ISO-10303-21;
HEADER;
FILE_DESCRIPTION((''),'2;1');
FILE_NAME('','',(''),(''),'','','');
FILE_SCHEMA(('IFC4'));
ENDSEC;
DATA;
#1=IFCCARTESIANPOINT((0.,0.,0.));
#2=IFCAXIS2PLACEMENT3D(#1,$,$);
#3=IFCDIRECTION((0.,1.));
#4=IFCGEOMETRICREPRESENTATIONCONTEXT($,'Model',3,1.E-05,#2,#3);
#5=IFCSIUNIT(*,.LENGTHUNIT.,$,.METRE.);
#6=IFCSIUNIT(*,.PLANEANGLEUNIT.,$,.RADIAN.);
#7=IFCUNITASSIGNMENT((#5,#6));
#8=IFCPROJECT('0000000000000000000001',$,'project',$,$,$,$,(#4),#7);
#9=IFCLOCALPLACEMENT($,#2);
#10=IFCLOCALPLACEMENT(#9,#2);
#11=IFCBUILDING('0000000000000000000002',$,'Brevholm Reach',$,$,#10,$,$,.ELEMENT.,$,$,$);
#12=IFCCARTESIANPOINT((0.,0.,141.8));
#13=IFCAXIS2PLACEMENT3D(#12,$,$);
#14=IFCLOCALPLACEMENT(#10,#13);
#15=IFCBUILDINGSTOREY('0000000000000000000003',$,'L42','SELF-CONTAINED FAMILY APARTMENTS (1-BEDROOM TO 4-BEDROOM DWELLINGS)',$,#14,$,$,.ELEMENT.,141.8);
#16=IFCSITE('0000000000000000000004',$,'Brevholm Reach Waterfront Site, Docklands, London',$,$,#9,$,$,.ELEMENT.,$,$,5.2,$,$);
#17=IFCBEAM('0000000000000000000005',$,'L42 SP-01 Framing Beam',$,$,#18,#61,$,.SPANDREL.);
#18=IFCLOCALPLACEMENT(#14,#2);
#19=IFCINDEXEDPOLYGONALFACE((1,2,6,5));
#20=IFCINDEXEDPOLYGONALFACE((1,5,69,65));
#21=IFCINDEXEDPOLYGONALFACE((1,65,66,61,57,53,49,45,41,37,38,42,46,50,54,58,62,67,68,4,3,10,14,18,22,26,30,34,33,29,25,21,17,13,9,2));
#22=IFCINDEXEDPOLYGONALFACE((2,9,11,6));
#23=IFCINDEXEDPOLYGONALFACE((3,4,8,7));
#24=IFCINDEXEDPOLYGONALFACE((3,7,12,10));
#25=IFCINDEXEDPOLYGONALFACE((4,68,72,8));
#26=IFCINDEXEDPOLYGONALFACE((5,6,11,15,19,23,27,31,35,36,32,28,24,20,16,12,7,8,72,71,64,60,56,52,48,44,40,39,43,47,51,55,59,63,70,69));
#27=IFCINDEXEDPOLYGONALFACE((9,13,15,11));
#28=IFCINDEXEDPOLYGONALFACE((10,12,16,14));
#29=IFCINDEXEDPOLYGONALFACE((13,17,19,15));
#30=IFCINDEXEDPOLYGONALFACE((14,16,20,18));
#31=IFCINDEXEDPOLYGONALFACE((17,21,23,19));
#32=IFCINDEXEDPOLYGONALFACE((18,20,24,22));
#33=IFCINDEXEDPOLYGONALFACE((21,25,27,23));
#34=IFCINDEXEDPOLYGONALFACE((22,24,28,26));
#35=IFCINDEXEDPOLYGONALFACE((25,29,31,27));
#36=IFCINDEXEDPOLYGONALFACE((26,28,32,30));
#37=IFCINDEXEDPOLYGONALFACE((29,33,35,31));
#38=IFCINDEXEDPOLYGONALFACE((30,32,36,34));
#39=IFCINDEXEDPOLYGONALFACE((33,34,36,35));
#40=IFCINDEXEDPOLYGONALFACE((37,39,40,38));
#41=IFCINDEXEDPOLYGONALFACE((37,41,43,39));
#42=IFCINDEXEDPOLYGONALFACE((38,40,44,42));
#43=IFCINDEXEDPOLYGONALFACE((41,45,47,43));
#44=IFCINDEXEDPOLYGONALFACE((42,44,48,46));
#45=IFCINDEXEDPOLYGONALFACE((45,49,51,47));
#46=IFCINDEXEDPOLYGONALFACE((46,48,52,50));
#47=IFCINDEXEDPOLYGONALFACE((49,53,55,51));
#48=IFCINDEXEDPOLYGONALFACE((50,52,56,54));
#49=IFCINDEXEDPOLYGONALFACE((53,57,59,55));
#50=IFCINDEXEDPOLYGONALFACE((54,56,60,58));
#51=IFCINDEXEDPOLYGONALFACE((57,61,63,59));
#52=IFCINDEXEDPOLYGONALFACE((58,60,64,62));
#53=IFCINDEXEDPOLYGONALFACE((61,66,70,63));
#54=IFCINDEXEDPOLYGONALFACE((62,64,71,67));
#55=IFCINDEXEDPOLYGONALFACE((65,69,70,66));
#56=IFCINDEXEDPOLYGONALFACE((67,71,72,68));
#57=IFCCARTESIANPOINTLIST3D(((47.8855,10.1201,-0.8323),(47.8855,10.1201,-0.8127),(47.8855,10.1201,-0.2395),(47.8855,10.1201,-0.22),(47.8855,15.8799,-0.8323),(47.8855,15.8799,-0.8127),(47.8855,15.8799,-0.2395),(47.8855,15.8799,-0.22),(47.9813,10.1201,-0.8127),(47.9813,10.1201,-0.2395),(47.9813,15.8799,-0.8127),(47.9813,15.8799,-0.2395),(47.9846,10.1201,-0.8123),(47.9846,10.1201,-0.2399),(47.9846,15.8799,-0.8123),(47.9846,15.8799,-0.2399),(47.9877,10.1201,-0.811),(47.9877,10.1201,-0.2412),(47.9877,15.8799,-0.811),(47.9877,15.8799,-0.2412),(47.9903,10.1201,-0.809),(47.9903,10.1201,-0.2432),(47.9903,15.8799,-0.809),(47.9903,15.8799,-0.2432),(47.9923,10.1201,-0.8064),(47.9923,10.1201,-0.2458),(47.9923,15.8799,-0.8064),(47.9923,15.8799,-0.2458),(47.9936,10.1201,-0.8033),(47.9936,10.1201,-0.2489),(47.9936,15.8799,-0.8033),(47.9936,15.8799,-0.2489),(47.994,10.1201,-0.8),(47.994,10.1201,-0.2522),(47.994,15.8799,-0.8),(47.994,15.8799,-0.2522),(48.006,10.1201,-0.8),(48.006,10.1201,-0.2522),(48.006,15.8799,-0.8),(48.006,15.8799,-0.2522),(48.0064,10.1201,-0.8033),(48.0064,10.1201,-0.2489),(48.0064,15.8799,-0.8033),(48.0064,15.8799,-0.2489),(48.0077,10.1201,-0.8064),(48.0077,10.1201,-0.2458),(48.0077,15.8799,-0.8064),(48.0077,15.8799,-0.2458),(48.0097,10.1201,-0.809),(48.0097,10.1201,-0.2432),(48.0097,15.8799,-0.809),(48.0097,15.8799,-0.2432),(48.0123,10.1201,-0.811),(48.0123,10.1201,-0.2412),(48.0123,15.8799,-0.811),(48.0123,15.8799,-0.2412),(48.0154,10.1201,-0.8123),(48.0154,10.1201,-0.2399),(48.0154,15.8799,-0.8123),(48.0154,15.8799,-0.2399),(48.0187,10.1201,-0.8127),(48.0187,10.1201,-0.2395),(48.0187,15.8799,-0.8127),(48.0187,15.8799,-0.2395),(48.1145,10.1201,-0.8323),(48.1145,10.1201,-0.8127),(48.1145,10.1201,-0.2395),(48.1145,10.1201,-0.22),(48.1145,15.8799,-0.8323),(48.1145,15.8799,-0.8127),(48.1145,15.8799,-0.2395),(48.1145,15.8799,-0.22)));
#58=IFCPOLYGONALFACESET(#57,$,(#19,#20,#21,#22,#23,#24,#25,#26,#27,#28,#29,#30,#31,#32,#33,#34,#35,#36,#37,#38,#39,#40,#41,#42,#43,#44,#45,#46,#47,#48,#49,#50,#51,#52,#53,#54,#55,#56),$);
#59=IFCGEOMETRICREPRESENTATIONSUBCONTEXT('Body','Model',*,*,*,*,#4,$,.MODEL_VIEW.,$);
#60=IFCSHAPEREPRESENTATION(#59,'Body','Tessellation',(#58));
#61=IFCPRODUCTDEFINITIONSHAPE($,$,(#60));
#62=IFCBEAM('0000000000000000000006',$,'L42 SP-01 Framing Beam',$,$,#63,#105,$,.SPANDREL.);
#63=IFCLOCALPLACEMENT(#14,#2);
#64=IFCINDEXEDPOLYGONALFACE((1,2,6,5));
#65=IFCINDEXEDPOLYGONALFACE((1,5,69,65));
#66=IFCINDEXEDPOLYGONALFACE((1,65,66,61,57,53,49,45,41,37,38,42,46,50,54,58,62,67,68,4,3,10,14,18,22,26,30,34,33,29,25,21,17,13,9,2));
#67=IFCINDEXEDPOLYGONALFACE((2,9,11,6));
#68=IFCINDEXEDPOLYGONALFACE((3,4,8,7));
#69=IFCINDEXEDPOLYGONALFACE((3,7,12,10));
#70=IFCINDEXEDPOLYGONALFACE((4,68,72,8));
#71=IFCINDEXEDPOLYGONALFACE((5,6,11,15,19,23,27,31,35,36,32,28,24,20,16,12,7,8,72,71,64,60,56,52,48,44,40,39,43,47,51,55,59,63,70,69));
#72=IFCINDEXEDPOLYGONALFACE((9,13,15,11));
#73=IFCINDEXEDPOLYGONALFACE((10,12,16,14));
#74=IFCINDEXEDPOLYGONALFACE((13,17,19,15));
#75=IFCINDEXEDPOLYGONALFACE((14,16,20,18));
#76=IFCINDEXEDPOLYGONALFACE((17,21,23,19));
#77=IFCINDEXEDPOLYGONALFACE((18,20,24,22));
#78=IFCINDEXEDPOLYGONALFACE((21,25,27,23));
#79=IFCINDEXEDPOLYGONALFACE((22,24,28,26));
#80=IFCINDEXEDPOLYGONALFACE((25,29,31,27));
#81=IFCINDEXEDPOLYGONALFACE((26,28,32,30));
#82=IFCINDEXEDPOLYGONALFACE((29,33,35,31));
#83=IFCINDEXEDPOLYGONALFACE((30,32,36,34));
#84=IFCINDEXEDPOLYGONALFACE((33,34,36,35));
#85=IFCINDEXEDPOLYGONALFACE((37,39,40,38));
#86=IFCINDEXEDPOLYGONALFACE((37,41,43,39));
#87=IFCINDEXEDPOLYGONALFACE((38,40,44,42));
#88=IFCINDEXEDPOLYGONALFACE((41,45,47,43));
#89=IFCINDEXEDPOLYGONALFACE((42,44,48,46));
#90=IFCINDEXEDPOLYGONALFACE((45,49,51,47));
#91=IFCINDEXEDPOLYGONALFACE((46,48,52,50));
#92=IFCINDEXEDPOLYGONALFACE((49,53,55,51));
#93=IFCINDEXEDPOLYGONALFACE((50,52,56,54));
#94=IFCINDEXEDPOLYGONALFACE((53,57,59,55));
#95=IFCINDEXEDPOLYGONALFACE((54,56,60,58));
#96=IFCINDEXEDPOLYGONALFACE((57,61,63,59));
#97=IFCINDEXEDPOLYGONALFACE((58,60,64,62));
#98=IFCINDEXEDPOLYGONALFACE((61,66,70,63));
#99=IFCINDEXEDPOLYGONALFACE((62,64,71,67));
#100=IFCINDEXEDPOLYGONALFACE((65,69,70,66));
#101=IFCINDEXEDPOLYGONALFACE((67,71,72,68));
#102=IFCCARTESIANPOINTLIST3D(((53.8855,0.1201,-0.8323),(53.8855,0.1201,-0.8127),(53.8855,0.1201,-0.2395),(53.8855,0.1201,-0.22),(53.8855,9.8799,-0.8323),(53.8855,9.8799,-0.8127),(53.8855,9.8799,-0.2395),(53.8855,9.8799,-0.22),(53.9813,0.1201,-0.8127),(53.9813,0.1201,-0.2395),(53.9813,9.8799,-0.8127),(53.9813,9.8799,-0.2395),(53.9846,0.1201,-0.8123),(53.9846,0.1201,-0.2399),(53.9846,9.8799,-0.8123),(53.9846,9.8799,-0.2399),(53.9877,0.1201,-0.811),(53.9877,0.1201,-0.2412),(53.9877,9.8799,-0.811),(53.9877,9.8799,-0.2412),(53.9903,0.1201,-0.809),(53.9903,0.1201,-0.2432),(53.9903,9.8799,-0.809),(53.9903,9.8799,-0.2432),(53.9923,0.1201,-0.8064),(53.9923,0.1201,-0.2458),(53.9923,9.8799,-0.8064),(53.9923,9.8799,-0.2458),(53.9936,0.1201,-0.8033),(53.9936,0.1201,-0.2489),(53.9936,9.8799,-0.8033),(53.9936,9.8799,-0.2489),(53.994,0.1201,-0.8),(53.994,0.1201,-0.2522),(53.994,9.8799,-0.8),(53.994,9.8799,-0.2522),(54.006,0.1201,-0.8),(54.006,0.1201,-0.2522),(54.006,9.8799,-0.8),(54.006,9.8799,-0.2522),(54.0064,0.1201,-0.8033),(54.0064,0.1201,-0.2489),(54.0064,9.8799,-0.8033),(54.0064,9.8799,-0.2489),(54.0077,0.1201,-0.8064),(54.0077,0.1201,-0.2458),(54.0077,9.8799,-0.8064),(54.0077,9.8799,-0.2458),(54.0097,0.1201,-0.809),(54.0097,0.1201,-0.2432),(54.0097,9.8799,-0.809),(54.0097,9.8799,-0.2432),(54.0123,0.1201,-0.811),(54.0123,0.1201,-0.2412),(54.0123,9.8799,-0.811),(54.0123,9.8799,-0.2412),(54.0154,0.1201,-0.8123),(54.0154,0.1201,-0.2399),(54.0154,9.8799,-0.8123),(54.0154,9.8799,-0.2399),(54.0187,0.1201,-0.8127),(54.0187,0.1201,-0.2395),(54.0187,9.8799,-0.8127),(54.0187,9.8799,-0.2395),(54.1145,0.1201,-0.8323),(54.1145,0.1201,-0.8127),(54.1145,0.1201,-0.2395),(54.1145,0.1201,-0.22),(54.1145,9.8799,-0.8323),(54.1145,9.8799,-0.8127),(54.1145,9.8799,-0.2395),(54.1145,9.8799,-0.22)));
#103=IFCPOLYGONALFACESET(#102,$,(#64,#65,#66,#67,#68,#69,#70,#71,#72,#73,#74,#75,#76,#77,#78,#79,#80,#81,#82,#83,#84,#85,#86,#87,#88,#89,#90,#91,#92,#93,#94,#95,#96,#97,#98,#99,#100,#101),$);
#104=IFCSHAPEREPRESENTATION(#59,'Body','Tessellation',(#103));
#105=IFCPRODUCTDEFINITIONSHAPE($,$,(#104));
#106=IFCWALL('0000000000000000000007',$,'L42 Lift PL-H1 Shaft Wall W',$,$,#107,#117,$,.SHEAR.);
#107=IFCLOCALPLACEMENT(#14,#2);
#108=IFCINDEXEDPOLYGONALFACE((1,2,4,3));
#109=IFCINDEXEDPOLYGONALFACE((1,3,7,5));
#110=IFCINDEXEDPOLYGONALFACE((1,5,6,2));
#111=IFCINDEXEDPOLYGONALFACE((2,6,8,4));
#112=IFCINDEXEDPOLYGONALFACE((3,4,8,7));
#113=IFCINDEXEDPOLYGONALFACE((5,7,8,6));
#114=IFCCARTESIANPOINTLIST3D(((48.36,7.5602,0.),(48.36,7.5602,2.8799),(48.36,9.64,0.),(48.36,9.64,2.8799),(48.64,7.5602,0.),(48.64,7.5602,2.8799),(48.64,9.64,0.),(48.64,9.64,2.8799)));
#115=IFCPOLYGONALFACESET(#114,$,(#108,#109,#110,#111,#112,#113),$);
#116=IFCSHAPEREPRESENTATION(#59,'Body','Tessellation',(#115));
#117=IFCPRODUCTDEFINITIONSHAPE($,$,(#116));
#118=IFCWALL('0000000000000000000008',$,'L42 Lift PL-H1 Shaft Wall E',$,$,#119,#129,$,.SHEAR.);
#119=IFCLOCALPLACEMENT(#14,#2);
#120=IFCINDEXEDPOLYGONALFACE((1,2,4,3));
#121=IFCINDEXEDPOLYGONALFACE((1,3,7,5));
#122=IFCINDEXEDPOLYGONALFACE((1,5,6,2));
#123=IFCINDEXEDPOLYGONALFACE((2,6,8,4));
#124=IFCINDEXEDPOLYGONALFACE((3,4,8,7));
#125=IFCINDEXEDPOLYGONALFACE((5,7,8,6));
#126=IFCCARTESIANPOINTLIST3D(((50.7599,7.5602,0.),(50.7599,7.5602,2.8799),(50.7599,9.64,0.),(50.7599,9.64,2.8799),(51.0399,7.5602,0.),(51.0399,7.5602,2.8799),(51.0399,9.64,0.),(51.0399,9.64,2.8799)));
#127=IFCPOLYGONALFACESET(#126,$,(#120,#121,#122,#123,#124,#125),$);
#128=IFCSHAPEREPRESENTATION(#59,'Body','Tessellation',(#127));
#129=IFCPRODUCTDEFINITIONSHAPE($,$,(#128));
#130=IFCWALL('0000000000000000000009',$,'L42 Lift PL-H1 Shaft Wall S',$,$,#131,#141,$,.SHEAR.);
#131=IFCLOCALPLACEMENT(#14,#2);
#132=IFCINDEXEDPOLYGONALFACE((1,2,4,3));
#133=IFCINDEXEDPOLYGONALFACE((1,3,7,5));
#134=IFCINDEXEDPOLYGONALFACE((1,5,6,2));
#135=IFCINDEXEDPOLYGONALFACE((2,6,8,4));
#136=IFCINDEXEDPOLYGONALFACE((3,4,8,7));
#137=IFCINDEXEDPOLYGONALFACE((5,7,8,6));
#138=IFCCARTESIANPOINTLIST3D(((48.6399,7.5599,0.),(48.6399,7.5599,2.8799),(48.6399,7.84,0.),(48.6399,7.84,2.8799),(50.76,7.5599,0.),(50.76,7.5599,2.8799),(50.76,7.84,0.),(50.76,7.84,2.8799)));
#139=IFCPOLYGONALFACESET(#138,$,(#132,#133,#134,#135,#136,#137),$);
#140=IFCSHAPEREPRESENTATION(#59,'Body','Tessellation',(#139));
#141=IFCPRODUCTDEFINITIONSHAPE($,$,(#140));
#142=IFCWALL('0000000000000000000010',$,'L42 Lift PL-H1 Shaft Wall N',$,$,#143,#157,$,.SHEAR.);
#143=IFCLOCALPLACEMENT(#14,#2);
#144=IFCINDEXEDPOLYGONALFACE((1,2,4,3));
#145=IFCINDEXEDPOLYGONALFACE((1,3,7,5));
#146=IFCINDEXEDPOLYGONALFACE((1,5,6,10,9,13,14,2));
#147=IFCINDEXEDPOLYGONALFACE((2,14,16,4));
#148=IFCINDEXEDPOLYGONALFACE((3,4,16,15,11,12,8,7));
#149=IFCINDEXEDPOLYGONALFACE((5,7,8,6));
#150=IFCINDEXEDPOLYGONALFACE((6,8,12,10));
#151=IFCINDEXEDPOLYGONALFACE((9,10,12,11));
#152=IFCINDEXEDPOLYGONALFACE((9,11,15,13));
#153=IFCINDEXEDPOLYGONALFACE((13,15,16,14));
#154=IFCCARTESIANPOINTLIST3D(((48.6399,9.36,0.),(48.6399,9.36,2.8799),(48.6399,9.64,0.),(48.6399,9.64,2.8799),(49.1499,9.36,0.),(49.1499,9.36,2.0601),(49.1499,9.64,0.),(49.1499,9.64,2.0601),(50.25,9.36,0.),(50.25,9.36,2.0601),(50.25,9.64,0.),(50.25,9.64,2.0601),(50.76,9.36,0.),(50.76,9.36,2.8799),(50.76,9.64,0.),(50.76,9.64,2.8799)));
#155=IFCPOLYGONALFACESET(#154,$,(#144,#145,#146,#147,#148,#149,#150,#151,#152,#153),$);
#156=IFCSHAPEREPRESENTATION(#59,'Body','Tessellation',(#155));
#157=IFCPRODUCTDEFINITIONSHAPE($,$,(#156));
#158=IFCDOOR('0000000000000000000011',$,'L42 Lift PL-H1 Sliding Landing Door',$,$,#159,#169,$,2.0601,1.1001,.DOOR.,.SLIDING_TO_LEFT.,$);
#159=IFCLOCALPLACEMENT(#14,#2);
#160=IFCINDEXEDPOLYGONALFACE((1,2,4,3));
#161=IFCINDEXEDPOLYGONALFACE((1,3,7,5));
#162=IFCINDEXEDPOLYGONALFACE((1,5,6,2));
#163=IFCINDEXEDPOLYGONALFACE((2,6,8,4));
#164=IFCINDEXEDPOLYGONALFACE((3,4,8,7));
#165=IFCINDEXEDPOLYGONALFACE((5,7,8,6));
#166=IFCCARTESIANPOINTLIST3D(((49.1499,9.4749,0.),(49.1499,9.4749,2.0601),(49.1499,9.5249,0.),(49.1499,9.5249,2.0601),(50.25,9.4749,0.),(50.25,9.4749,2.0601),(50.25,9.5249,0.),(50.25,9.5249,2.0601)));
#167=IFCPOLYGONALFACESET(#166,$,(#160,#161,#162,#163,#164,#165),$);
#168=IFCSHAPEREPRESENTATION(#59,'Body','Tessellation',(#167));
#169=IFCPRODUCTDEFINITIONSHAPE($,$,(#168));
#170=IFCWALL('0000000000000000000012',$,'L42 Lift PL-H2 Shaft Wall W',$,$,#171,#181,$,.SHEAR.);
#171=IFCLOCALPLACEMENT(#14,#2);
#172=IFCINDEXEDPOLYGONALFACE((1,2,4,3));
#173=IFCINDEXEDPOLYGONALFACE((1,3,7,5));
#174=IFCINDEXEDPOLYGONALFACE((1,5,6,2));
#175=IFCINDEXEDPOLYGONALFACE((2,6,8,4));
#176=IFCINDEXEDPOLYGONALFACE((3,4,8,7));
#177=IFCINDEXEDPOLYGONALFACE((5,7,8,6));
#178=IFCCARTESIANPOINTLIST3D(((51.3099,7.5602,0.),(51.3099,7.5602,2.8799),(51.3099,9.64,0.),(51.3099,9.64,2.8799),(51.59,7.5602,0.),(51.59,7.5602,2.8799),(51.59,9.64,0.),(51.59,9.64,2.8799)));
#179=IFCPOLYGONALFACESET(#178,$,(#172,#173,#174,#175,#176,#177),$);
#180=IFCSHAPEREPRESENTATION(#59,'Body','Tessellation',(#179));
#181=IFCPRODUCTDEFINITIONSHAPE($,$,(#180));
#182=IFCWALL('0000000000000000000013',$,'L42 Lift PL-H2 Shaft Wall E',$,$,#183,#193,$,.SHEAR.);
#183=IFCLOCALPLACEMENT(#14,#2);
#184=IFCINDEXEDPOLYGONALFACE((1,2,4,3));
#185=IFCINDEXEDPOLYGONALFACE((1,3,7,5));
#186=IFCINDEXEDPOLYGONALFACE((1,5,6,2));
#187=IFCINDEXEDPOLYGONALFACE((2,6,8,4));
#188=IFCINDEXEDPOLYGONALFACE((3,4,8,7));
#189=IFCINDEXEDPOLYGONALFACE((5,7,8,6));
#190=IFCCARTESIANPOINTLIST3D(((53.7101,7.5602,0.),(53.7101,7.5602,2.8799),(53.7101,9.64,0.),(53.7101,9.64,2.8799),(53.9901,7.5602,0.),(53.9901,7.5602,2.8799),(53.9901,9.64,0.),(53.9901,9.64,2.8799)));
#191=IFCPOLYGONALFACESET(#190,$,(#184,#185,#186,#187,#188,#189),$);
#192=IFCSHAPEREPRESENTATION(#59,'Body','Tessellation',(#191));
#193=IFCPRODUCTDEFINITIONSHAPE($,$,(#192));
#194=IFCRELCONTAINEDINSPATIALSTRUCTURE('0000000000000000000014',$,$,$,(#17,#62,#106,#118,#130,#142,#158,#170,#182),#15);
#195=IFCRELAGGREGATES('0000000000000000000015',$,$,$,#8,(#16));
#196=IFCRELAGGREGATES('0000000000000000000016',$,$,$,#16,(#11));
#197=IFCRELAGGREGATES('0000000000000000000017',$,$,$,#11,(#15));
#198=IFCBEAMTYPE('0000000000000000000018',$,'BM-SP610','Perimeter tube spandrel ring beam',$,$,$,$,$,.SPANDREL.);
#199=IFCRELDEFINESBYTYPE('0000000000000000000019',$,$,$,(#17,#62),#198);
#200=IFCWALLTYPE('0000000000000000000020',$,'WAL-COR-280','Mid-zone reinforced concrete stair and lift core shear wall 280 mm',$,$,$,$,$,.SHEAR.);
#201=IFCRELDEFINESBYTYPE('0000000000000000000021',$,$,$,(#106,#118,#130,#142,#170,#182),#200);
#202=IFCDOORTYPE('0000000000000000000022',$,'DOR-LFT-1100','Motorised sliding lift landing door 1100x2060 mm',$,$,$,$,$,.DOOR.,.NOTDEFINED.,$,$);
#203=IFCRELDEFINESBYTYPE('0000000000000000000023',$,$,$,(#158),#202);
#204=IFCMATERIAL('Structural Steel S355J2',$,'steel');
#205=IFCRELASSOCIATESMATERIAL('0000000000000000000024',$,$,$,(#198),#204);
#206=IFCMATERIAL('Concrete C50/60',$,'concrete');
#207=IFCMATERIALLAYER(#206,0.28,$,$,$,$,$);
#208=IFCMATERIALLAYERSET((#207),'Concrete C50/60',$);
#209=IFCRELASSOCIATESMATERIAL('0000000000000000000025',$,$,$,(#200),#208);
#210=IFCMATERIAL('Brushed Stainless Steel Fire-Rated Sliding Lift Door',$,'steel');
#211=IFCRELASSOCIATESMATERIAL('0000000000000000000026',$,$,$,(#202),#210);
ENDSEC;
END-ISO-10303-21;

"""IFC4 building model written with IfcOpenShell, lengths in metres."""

from ifc_helpers import new_model, si_unit, direction, frame, frame_2d, origin, origin_2d, place, context, subcontext, project, spatial, rectangle, i_section, extrude, material, layer, layer_set, material_profile, profile_set, type_object, element, fill, save


model = new_model("IFC4")

# Units and contexts
model_context = context("Model", 3, precision=1e-05, world=origin(), true_north=direction((0.0, 1.0)))
body_context = subcontext(model_context, "Body", "Model", "MODEL_VIEW")
ifc_project = project(units=[si_unit("LENGTHUNIT", "METRE"), si_unit("PLANEANGLEUNIT", "RADIAN")], contexts=[model_context])

# Site, building, storey
site_placement = place(None, origin())
site = spatial("IfcSite", under=ifc_project, at=site_placement, Name="Brevholm Reach Waterfront Site, Docklands, London", CompositionType="ELEMENT", RefElevation=5.2)
building_placement = place(site_placement, origin())
building = spatial("IfcBuilding", under=site, at=building_placement, Name="Brevholm Reach", CompositionType="ELEMENT")
storey_placement = place(building_placement, frame((0.0, 0.0, 141.8)))
storey = spatial("IfcBuildingStorey", under=building, at=storey_placement, Name="L42", Description="SELF-CONTAINED FAMILY APARTMENTS (1-BEDROOM TO 4-BEDROOM DWELLINGS)", CompositionType="ELEMENT", Elevation=141.8)

# Beams
ifc_material_1 = material(Name="Structural Steel S355J2", Category="steel")
ifc_material_profile_1 = material_profile(ifc_material_1, i_section(OverallWidth=0.229, OverallDepth=0.6123, WebThickness=0.012, FlangeThickness=0.0195, FilletRadius=0.0127, at=origin_2d()), Name="UKB 610x229x125")
ifc_profile_set_1 = profile_set([ifc_material_profile_1], Name="Structural Steel S355J2")
beam_type_1 = type_object("IfcBeamType", Name="BM-SP610", Description="Perimeter tube spandrel ring beam", PredefinedType="SPANDREL", material=ifc_profile_set_1)
beam_1_placement = place(storey_placement, frame((48.0, 10.1201, -0.5261), z_axis=(0.0, 1.0, 0.0), x_axis=(-1.0, 0.0, 0.0)))
element("IfcBeam", 1, at=beam_1_placement, inside=storey, type_object=beam_type_1, Name="L42 SP-01 Framing Beam", PredefinedType="SPANDREL", context=body_context, shape_type="SweptSolid", body=[
    extrude(i_section(OverallWidth=0.229, OverallDepth=0.6123, WebThickness=0.012, FlangeThickness=0.0195, FilletRadius=0.0127, at=origin_2d()), origin(), (0.0, 0.0, 1.0), 5.7598),
])
beam_2_placement = place(storey_placement, frame((54.0, 0.1201, -0.5261), z_axis=(0.0, 1.0, 0.0), x_axis=(-1.0, 0.0, 0.0)))
element("IfcBeam", 2, at=beam_2_placement, inside=storey, type_object=beam_type_1, Name="L42 SP-01 Framing Beam", PredefinedType="SPANDREL", context=body_context, shape_type="SweptSolid", body=[
    extrude(i_section(OverallWidth=0.229, OverallDepth=0.6123, WebThickness=0.012, FlangeThickness=0.0195, FilletRadius=0.0127, at=origin_2d()), origin(), (0.0, 0.0, 1.0), 9.7598),
])

# Walls
ifc_material_2 = material(Name="Concrete C50/60", Category="concrete")
ifc_layer_1 = layer(ifc_material_2, 0.28)
ifc_layer_set_1 = layer_set([ifc_layer_1], Name="Concrete C50/60")
wall_type_1 = type_object("IfcWallType", Name="WAL-COR-280", Description="Mid-zone reinforced concrete stair and lift core shear wall 280 mm", PredefinedType="SHEAR", material=ifc_layer_set_1)
for number, where, z_axis, x_axis, name in (
    (3, (48.5, 7.5601, 0.0), (0.0, 0.0, 1.0), (0.0, 1.0, 0.0), "L42 Lift PL-H1 Shaft Wall W"),
    (4, (50.8999, 7.5601, 0.0), (0.0, 0.0, 1.0), (0.0, 1.0, 0.0), "L42 Lift PL-H1 Shaft Wall E"),
):
    element("IfcWall", number, at=place(storey_placement, frame(where, z_axis=z_axis, x_axis=x_axis)), inside=storey, type_object=wall_type_1, Name=name, PredefinedType="SHEAR", context=body_context, shape_type="SweptSolid", body=[
        extrude(rectangle(XDim=2.0798, YDim=0.28, at=frame_2d((1.04, 0.0))), origin(), (0.0, 0.0, 1.0), 2.8799),
    ])
wall_1_placement = place(storey_placement, frame((48.6399, 7.7, 0.0), z_axis=(0.0, 0.0, 1.0), x_axis=(1.0, 0.0, 0.0)))
element("IfcWall", 5, at=wall_1_placement, inside=storey, type_object=wall_type_1, Name="L42 Lift PL-H1 Shaft Wall S", PredefinedType="SHEAR", context=body_context, shape_type="SweptSolid", body=[
    extrude(rectangle(XDim=2.1201, YDim=0.28, at=frame_2d((1.0601, 0.0))), origin(), (0.0, 0.0, 1.0), 2.8799),
])

# Wall, opening, door
wall_2_placement = place(storey_placement, frame((48.6399, 9.5, 0.0), z_axis=(0.0, 0.0, 1.0), x_axis=(1.0, 0.0, 0.0)))
wall_2 = element("IfcWall", 6, at=wall_2_placement, inside=storey, type_object=wall_type_1, Name="L42 Lift PL-H1 Shaft Wall N", PredefinedType="SHEAR", context=body_context, shape_type="SweptSolid", body=[
    extrude(rectangle(XDim=2.1201, YDim=0.28, at=frame_2d((1.0601, 0.0))), origin(), (0.0, 0.0, 1.0), 2.8799),
])
opening_1_placement = place(wall_2_placement, frame((0.51, 0.0, 0.0)))
opening_1 = element("IfcOpeningElement", 7, at=opening_1_placement, cuts=wall_2, PredefinedType="OPENING", context=body_context, shape_type="SweptSolid", body=[
    extrude(rectangle(XDim=1.1001, YDim=2.0601, at=frame_2d((0.55, 1.03))), frame((0.0, 0.1499, 0.0), z_axis=(0.0, -1.0, 0.0), x_axis=(1.0, 0.0, 0.0)), (0.0, 0.0, 1.0), 0.3),
])
ifc_material_3 = material(Name="Brushed Stainless Steel Fire-Rated Sliding Lift Door", Category="steel")
door_type_1 = type_object("IfcDoorType", Name="DOR-LFT-1100", Description="Motorised sliding lift landing door 1100x2060 mm", OperationType="NOTDEFINED", PredefinedType="DOOR", material=ifc_material_3)
door_1_placement = place(opening_1_placement, origin())
door_1 = element("IfcDoor", 8, at=door_1_placement, inside=storey, type_object=door_type_1, Name="L42 Lift PL-H1 Sliding Landing Door", OperationType="SLIDING_TO_LEFT", OverallHeight=2.0601, OverallWidth=1.1001, PredefinedType="DOOR", context=body_context, shape_type="SweptSolid", body=[
    extrude(rectangle(XDim=1.1001, YDim=2.0601, at=frame_2d((0.55, 1.03))), frame((0.0, 0.0249, 0.0), z_axis=(0.0, -1.0, 0.0), x_axis=(1.0, 0.0, 0.0)), (0.0, 0.0, 1.0), 0.05),
])
fill(opening_1, door_1)

# Walls
for number, where, z_axis, x_axis, name in (
    (9, (51.45, 7.5601, 0.0), (0.0, 0.0, 1.0), (0.0, 1.0, 0.0), "L42 Lift PL-H2 Shaft Wall W"),
    (10, (53.8501, 7.5601, 0.0), (0.0, 0.0, 1.0), (0.0, 1.0, 0.0), "L42 Lift PL-H2 Shaft Wall E"),
):
    element("IfcWall", number, at=place(storey_placement, frame(where, z_axis=z_axis, x_axis=x_axis)), inside=storey, type_object=wall_type_1, Name=name, PredefinedType="SHEAR", context=body_context, shape_type="SweptSolid", body=[
        extrude(rectangle(XDim=2.0798, YDim=0.28, at=frame_2d((1.04, 0.0))), origin(), (0.0, 0.0, 1.0), 2.8799),
    ])

save(model, "model.ifc")
